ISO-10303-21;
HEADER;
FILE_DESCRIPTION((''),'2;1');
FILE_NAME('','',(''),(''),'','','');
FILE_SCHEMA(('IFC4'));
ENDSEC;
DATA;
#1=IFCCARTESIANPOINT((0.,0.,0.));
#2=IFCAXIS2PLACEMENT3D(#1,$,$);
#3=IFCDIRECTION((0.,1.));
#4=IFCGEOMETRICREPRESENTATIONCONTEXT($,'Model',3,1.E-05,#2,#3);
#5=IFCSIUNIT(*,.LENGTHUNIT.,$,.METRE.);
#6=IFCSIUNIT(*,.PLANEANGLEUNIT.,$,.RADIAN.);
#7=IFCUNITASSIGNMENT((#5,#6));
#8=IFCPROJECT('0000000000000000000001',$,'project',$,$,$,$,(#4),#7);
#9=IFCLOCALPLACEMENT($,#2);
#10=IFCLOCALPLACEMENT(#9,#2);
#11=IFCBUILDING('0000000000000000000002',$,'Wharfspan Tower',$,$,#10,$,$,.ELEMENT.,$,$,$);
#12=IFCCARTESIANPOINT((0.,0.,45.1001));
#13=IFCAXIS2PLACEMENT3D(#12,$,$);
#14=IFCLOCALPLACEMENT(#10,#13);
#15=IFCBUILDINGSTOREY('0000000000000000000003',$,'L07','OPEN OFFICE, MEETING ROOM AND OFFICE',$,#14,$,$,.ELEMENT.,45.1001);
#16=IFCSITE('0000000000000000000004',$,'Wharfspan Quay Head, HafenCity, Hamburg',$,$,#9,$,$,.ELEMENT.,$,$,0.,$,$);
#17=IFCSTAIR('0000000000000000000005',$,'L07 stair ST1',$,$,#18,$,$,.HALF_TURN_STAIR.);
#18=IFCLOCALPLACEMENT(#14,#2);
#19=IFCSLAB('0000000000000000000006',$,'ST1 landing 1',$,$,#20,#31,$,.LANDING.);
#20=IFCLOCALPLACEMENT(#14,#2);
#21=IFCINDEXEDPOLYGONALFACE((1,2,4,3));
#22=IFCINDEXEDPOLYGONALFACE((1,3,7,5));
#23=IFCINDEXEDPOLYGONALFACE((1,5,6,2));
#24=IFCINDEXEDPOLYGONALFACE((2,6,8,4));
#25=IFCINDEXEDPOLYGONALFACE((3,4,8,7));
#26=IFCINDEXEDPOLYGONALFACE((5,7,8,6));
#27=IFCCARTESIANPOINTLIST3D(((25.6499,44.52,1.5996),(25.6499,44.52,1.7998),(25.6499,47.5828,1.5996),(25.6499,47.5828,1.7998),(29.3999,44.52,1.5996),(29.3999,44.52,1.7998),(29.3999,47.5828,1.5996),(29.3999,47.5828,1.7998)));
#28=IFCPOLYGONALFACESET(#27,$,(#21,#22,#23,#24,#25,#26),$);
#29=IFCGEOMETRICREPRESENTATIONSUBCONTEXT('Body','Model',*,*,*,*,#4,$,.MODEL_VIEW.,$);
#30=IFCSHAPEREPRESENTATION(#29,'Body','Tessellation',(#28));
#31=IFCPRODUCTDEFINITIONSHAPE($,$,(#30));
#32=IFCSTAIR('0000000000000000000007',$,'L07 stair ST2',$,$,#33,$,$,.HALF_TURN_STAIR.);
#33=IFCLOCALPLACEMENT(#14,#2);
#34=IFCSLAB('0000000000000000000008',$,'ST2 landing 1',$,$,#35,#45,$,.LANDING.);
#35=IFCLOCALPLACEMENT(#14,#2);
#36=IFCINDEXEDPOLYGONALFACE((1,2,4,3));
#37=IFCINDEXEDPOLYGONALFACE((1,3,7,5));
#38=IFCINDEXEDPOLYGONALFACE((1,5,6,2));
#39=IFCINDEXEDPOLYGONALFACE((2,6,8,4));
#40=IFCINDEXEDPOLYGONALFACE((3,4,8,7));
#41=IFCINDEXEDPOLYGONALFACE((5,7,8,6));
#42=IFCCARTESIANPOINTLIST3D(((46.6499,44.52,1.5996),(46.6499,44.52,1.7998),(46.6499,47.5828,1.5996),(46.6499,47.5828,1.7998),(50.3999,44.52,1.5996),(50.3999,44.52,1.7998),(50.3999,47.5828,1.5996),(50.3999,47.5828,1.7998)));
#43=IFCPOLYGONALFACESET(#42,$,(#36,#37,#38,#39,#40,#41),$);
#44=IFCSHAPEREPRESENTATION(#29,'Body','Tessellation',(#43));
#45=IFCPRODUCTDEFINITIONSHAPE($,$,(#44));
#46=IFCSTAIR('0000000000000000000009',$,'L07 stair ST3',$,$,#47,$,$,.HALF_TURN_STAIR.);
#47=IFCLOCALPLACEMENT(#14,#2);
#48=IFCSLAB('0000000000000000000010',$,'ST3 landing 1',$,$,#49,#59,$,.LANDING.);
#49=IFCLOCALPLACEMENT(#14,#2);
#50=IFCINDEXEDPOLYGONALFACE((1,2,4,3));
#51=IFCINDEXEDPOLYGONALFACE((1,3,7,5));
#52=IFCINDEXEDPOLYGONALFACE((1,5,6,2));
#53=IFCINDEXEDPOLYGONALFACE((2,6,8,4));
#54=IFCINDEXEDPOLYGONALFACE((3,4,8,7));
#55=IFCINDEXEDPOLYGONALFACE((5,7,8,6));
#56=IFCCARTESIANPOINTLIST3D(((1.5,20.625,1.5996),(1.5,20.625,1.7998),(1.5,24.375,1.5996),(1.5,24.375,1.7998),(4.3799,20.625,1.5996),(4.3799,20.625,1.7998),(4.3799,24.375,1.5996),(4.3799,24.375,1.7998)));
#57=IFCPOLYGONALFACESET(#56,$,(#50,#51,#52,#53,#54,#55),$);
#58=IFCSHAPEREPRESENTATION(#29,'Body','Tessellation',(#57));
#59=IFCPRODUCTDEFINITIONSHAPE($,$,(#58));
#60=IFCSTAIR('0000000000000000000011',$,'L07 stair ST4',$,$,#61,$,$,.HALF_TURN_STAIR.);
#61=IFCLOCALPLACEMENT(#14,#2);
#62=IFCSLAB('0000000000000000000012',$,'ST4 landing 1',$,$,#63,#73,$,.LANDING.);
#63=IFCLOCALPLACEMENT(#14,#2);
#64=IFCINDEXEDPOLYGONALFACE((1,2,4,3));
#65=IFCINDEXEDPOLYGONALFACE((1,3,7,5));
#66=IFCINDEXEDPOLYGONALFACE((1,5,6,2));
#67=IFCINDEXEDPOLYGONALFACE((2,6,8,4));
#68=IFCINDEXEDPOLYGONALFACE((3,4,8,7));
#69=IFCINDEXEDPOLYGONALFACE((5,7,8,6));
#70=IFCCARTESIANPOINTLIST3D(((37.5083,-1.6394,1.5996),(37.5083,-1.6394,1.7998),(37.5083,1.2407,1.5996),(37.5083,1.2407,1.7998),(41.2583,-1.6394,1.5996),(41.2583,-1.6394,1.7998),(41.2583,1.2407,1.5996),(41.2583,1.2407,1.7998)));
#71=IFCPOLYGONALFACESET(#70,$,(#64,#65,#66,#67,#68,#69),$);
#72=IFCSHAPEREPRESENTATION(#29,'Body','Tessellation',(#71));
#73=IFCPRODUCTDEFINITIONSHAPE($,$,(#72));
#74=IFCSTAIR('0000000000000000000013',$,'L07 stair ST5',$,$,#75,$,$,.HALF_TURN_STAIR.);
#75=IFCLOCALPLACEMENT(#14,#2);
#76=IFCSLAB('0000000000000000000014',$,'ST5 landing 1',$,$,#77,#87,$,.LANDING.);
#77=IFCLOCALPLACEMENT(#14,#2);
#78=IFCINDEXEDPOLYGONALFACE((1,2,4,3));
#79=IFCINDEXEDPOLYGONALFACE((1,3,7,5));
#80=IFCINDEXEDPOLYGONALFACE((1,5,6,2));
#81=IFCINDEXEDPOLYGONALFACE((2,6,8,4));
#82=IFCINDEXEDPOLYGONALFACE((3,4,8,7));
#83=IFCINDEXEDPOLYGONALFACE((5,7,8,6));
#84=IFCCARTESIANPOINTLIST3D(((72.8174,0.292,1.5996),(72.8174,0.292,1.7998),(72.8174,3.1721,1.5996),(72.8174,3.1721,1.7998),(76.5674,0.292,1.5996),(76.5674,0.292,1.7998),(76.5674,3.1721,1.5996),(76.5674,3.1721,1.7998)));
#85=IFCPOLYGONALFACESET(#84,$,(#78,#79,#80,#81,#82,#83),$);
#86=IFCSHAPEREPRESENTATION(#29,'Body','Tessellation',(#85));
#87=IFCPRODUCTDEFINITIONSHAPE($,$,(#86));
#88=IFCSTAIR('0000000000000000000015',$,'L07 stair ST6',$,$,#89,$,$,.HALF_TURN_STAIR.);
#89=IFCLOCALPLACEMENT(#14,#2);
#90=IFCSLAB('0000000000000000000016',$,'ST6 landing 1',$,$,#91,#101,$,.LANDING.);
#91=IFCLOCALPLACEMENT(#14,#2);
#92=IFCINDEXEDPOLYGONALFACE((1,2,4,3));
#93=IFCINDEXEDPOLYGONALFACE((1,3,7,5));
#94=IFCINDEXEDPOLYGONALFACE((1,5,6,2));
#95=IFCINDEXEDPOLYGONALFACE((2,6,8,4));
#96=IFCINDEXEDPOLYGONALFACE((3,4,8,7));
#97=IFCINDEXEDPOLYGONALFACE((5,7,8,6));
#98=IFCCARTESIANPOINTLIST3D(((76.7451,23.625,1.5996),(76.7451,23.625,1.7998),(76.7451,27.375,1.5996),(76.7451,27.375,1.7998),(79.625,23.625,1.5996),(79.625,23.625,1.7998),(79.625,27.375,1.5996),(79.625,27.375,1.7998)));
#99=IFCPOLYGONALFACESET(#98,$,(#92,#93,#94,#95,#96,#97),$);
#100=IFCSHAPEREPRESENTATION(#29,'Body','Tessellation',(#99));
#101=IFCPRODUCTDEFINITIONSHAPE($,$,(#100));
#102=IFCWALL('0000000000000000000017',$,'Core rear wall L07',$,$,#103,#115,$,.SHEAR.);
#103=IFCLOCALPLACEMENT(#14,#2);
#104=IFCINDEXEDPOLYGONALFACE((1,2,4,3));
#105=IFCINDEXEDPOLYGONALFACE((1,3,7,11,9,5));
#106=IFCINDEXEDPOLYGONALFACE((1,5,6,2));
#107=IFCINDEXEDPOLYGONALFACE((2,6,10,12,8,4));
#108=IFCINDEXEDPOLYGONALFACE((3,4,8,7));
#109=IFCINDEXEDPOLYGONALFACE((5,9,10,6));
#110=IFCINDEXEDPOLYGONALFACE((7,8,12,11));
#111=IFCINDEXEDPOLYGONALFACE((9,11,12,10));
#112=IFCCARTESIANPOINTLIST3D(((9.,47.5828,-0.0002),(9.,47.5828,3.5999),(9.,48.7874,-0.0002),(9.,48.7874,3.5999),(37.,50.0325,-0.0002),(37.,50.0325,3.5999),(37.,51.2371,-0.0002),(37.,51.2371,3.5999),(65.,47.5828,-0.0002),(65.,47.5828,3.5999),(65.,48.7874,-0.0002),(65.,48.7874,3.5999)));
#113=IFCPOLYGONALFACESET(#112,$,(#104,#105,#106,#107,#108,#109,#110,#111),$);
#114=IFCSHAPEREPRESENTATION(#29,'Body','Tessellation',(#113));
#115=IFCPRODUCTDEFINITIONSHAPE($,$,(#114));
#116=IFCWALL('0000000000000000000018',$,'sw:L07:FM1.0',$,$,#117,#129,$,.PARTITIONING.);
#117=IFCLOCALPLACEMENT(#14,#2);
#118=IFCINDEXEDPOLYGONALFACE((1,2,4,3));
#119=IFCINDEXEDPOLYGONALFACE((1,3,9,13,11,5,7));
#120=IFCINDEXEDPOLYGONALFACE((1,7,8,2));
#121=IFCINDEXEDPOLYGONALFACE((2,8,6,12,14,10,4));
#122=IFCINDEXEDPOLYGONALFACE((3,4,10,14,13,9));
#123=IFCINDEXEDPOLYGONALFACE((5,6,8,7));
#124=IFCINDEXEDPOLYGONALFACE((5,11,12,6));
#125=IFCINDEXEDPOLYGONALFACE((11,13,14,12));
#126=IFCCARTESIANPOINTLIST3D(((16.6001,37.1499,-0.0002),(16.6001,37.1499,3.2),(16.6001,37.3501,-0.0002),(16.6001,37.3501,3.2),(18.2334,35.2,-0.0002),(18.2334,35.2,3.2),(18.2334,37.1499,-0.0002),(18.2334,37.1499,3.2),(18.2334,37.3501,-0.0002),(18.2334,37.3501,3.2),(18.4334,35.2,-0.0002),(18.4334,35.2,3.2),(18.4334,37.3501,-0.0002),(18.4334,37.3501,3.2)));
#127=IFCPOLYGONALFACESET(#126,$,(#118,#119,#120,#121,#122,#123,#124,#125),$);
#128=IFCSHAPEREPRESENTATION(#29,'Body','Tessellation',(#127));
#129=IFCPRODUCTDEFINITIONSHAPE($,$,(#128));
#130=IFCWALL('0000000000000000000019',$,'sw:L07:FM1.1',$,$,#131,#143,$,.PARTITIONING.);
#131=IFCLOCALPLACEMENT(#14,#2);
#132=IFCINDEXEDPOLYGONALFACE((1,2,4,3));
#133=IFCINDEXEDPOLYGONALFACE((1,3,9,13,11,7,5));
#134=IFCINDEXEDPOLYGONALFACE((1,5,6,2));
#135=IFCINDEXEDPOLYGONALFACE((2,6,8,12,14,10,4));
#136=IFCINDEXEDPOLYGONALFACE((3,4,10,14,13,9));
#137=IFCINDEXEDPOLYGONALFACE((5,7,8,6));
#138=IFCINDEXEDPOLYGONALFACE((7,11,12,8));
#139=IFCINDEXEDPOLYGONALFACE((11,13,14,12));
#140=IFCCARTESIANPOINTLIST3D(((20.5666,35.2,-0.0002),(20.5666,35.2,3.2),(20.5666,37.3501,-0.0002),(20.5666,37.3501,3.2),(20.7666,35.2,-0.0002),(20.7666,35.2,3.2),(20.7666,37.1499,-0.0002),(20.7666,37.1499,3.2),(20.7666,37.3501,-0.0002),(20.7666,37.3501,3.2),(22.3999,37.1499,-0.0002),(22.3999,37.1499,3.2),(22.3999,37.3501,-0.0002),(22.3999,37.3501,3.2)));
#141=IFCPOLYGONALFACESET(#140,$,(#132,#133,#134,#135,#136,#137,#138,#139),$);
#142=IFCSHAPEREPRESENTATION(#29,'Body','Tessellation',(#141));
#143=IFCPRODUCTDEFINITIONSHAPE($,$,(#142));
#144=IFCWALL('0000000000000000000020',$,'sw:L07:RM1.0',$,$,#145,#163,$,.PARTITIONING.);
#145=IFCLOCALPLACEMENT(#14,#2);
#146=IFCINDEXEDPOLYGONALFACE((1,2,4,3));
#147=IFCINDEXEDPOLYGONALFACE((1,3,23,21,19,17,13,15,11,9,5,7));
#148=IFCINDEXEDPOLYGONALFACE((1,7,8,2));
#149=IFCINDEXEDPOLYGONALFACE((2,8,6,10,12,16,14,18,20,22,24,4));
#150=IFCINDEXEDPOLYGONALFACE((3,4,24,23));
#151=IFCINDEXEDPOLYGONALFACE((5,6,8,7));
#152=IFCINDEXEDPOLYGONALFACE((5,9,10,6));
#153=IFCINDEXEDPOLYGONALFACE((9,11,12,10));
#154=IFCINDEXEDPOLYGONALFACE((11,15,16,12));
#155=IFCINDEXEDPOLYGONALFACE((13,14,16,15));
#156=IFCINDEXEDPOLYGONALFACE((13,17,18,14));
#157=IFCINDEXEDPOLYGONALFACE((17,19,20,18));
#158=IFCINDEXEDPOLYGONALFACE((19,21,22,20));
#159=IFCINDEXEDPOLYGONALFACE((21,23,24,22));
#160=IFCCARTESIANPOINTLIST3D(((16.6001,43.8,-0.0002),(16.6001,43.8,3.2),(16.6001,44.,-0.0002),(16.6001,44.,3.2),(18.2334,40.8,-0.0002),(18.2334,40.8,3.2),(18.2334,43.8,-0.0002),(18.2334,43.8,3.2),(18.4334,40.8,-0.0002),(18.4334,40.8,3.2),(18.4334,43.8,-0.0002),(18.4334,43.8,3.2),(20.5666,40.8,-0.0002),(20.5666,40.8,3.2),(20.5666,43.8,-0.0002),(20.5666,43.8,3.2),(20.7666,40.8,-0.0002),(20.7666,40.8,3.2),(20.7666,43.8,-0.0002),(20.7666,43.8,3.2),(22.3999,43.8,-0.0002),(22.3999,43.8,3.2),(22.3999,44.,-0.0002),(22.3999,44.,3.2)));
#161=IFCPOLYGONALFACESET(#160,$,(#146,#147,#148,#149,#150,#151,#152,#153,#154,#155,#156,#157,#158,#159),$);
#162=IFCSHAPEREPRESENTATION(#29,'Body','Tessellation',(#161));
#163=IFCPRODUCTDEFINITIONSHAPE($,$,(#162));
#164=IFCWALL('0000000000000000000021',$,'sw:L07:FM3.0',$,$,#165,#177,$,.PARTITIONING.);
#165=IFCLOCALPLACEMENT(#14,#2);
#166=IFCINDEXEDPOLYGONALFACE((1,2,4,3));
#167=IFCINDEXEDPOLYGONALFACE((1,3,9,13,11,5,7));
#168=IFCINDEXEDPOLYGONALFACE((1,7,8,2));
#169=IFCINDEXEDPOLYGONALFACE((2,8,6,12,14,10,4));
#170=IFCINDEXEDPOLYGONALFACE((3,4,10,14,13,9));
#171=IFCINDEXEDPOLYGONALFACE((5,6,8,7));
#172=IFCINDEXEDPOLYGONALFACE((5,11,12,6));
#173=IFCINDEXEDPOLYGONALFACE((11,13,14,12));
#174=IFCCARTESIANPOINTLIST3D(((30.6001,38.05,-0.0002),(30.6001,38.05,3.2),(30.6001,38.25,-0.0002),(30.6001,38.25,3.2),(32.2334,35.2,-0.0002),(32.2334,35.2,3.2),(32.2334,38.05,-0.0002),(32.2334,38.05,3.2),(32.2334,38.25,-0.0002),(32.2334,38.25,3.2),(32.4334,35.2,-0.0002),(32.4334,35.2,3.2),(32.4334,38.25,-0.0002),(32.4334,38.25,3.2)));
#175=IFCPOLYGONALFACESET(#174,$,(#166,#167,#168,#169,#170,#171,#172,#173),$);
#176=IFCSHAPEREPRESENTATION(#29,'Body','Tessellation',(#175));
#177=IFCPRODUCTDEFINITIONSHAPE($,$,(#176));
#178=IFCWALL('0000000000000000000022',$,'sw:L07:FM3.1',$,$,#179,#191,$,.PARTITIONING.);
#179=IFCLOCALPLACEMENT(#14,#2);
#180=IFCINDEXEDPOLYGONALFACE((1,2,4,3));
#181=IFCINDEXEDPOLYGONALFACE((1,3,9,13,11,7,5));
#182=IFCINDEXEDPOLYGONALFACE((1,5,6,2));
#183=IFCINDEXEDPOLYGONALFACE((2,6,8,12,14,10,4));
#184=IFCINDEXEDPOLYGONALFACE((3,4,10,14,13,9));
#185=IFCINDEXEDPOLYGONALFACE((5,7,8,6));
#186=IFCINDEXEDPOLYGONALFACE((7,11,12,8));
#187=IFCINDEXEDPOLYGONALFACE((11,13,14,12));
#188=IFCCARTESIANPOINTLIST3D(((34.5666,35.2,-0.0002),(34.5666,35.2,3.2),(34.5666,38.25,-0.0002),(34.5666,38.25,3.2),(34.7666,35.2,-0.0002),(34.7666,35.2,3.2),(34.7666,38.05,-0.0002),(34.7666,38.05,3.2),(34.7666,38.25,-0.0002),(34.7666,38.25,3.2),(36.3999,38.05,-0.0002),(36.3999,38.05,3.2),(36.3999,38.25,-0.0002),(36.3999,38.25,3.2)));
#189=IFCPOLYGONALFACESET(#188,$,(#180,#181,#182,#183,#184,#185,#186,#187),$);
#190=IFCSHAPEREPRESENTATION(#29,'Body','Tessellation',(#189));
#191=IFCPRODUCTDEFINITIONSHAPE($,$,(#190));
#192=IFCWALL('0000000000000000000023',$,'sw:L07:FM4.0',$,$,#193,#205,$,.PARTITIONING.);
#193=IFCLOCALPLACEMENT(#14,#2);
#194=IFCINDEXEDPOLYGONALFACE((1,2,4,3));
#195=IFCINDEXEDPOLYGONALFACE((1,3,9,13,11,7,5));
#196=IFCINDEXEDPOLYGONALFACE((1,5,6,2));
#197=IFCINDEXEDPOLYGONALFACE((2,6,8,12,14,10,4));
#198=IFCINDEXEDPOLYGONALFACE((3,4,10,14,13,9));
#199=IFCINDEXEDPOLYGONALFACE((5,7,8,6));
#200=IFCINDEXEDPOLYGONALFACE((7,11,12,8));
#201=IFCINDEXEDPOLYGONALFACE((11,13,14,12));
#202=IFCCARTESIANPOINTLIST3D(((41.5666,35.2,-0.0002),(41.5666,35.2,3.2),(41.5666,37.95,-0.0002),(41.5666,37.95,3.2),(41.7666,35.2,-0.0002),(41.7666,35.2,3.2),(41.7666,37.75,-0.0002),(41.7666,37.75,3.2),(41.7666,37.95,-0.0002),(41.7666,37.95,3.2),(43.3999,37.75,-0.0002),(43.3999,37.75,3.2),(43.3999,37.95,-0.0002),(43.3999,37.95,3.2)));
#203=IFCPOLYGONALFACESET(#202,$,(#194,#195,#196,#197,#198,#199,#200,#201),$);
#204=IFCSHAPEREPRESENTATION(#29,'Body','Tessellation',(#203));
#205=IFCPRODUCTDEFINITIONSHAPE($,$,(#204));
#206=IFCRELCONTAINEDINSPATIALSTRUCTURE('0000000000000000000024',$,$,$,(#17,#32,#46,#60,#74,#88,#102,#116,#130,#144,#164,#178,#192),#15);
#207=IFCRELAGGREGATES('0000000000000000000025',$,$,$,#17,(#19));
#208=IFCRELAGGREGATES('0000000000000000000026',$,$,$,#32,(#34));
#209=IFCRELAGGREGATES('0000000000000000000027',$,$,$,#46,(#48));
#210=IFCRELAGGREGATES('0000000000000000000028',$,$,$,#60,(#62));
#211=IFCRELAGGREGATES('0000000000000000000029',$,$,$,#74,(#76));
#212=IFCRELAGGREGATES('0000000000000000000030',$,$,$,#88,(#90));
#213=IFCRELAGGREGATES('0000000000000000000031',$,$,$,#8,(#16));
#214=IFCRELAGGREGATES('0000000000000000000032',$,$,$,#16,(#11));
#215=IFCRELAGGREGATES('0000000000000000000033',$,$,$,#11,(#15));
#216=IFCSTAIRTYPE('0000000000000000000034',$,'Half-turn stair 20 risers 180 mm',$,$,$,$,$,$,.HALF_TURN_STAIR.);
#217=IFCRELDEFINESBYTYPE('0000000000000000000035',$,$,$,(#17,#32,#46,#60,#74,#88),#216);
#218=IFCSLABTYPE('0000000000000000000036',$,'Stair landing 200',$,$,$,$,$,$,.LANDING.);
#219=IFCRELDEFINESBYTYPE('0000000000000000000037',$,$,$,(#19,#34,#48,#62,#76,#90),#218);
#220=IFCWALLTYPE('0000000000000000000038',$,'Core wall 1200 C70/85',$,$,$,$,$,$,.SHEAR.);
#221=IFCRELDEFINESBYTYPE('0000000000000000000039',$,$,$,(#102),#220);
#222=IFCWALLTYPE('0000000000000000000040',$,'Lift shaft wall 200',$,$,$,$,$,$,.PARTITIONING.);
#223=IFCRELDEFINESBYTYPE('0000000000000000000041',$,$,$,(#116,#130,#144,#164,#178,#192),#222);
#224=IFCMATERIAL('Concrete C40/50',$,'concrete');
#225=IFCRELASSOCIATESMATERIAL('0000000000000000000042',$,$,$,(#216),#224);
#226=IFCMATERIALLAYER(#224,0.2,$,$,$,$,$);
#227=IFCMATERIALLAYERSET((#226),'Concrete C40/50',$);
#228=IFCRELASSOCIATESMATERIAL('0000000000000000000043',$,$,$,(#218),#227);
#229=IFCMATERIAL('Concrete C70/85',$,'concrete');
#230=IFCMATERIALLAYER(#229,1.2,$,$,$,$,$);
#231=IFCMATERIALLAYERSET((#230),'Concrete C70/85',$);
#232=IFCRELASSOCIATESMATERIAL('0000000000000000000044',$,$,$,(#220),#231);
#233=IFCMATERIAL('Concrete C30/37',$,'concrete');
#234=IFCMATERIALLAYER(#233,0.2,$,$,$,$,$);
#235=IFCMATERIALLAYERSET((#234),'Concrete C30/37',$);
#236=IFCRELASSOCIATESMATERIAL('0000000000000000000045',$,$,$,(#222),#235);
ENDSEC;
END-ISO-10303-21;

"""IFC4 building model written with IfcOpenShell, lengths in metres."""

from ifc_helpers import new_model, si_unit, direction, frame, origin, place, context, subcontext, project, spatial, polyline, outline, extrude, material, layer, layer_set, type_object, element, aggregate, save


model = new_model("IFC4")

# Units and contexts
model_context = context("Model", 3, precision=1e-05, world=origin(), true_north=direction((0.0, 1.0)))
body_context = subcontext(model_context, "Body", "Model", "MODEL_VIEW")
ifc_project = project(units=[si_unit("LENGTHUNIT", "METRE"), si_unit("PLANEANGLEUNIT", "RADIAN")], contexts=[model_context])

# Site, building, storey
site_placement = place(None, origin())
site = spatial("IfcSite", under=ifc_project, at=site_placement, Name="Wharfspan Quay Head, HafenCity, Hamburg", CompositionType="ELEMENT", RefElevation=0.0)
building_placement = place(site_placement, origin())
building = spatial("IfcBuilding", under=site, at=building_placement, Name="Wharfspan Tower", CompositionType="ELEMENT")
storey_placement = place(building_placement, frame((0.0, 0.0, 45.1001)))
storey = spatial("IfcBuildingStorey", under=building, at=storey_placement, Name="L07", Description="OPEN OFFICE, MEETING ROOM AND OFFICE", CompositionType="ELEMENT", Elevation=45.1001)

# Shared definitions
ifc_material_1 = material(Name="Concrete C40/50", Category="concrete")

# Stairs, slabs
stair_type = type_object("IfcStairType", Name="Half-turn stair 20 risers 180 mm", PredefinedType="HALF_TURN_STAIR", material=ifc_material_1)
stair_1_placement = place(storey_placement, origin())
stair_1 = element("IfcStair", 1, at=stair_1_placement, inside=storey, type_object=stair_type, Name="L07 stair ST1", PredefinedType="HALF_TURN_STAIR")
ifc_layer_1 = layer(ifc_material_1, 0.2)
ifc_layer_set_1 = layer_set([ifc_layer_1], Name="Concrete C40/50")
slab_type_1 = type_object("IfcSlabType", Name="Stair landing 200", PredefinedType="LANDING", material=ifc_layer_set_1)
slab_1_placement = place(storey_placement, frame((0.0, 0.0, 1.5996)))
slab_1 = element("IfcSlab", 2, at=slab_1_placement, type_object=slab_type_1, Name="ST1 landing 1", PredefinedType="LANDING", context=body_context, shape_type="SweptSolid", body=[
    extrude(outline(polyline([(25.6499, 44.52), (29.3999, 44.52), (29.3999, 47.5828), (25.6499, 47.5828), (25.6499, 44.52)])), origin(), (0.0, 0.0, 1.0), 0.2002),
])
aggregate(stair_1, [slab_1])
stair_2_placement = place(storey_placement, origin())
stair_2 = element("IfcStair", 3, at=stair_2_placement, inside=storey, type_object=stair_type, Name="L07 stair ST2", PredefinedType="HALF_TURN_STAIR")
slab_2_placement = place(storey_placement, frame((0.0, 0.0, 1.5996)))
slab_2 = element("IfcSlab", 4, at=slab_2_placement, type_object=slab_type_1, Name="ST2 landing 1", PredefinedType="LANDING", context=body_context, shape_type="SweptSolid", body=[
    extrude(outline(polyline([(46.6499, 44.52), (50.3999, 44.52), (50.3999, 47.5828), (46.6499, 47.5828), (46.6499, 44.52)])), origin(), (0.0, 0.0, 1.0), 0.2002),
])
aggregate(stair_2, [slab_2])
stair_3_placement = place(storey_placement, origin())
stair_3 = element("IfcStair", 5, at=stair_3_placement, inside=storey, type_object=stair_type, Name="L07 stair ST3", PredefinedType="HALF_TURN_STAIR")
slab_3_placement = place(storey_placement, frame((0.0, 0.0, 1.5996)))
slab_3 = element("IfcSlab", 6, at=slab_3_placement, type_object=slab_type_1, Name="ST3 landing 1", PredefinedType="LANDING", context=body_context, shape_type="SweptSolid", body=[
    extrude(outline(polyline([(4.3799, 24.375), (1.5, 24.375), (1.5, 20.625), (4.3799, 20.625), (4.3799, 24.375)])), origin(), (0.0, 0.0, 1.0), 0.2002),
])
aggregate(stair_3, [slab_3])
stair_4_placement = place(storey_placement, origin())
stair_4 = element("IfcStair", 7, at=stair_4_placement, inside=storey, type_object=stair_type, Name="L07 stair ST4", PredefinedType="HALF_TURN_STAIR")
slab_4_placement = place(storey_placement, frame((0.0, 0.0, 1.5996)))
slab_4 = element("IfcSlab", 8, at=slab_4_placement, type_object=slab_type_1, Name="ST4 landing 1", PredefinedType="LANDING", context=body_context, shape_type="SweptSolid", body=[
    extrude(outline(polyline([(37.5083, 1.2407), (37.5083, -1.6394), (41.2583, -1.6394), (41.2583, 1.2407), (37.5083, 1.2407)])), origin(), (0.0, 0.0, 1.0), 0.2002),
])
aggregate(stair_4, [slab_4])
stair_5_placement = place(storey_placement, origin())
stair_5 = element("IfcStair", 9, at=stair_5_placement, inside=storey, type_object=stair_type, Name="L07 stair ST5", PredefinedType="HALF_TURN_STAIR")
slab_5_placement = place(storey_placement, frame((0.0, 0.0, 1.5996)))
slab_5 = element("IfcSlab", 10, at=slab_5_placement, type_object=slab_type_1, Name="ST5 landing 1", PredefinedType="LANDING", context=body_context, shape_type="SweptSolid", body=[
    extrude(outline(polyline([(72.8174, 3.1721), (72.8174, 0.292), (76.5674, 0.292), (76.5674, 3.1721), (72.8174, 3.1721)])), origin(), (0.0, 0.0, 1.0), 0.2002),
])
aggregate(stair_5, [slab_5])
stair_6_placement = place(storey_placement, origin())
stair_6 = element("IfcStair", 11, at=stair_6_placement, inside=storey, type_object=stair_type, Name="L07 stair ST6", PredefinedType="HALF_TURN_STAIR")
slab_6_placement = place(storey_placement, frame((0.0, 0.0, 1.5996)))
slab_6 = element("IfcSlab", 12, at=slab_6_placement, type_object=slab_type_1, Name="ST6 landing 1", PredefinedType="LANDING", context=body_context, shape_type="SweptSolid", body=[
    extrude(outline(polyline([(76.7451, 23.625), (79.625, 23.625), (79.625, 27.375), (76.7451, 27.375), (76.7451, 23.625)])), origin(), (0.0, 0.0, 1.0), 0.2002),
])
aggregate(stair_6, [slab_6])

# Walls
ifc_material_2 = material(Name="Concrete C70/85", Category="concrete")
ifc_layer_2 = layer(ifc_material_2, 1.2)
ifc_layer_set_2 = layer_set([ifc_layer_2], Name="Concrete C70/85")
wall_type_1 = type_object("IfcWallType", Name="Core wall 1200 C70/85", PredefinedType="SHEAR", material=ifc_layer_set_2)
wall_1_placement = place(storey_placement, frame((0.0, 0.0, -0.0002)))
element("IfcWall", 13, at=wall_1_placement, inside=storey, type_object=wall_type_1, Name="Core rear wall L07", PredefinedType="SHEAR", context=body_context, shape_type="SweptSolid", body=[
    extrude(outline(polyline([(9.0, 47.5828), (37.0, 50.0325), (65.0, 47.5828), (65.0, 48.7874), (37.0, 51.2371), (9.0, 48.7874), (9.0, 47.5828)])), origin(), (0.0, 0.0, 1.0), 3.6001),
])
ifc_material_3 = material(Name="Concrete C30/37", Category="concrete")
ifc_layer_3 = layer(ifc_material_3, 0.2)
ifc_layer_set_3 = layer_set([ifc_layer_3], Name="Concrete C30/37")
wall_type_2 = type_object("IfcWallType", Name="Lift shaft wall 200", PredefinedType="PARTITIONING", material=ifc_layer_set_3)
wall_2_placement = place(storey_placement, frame((0.0, 0.0, -0.0002)))
element("IfcWall", 14, at=wall_2_placement, inside=storey, type_object=wall_type_2, Name="sw:L07:FM1.0", PredefinedType="PARTITIONING", context=body_context, shape_type="SweptSolid", body=[
    extrude(outline(polyline([(18.2334, 37.1499), (16.6001, 37.1499), (16.6001, 37.3501), (18.2334, 37.3501), (18.4334, 37.3501), (18.4334, 35.2), (18.2334, 35.2), (18.2334, 37.1499)])), origin(), (0.0, 0.0, 1.0), 3.2002),
])
wall_3_placement = place(storey_placement, frame((0.0, 0.0, -0.0002)))
element("IfcWall", 15, at=wall_3_placement, inside=storey, type_object=wall_type_2, Name="sw:L07:FM1.1", PredefinedType="PARTITIONING", context=body_context, shape_type="SweptSolid", body=[
    extrude(outline(polyline([(20.5666, 37.3501), (20.7666, 37.3501), (22.3999, 37.3501), (22.3999, 37.1499), (20.7666, 37.1499), (20.7666, 35.2), (20.5666, 35.2), (20.5666, 37.3501)])), origin(), (0.0, 0.0, 1.0), 3.2002),
])
wall_4_placement = place(storey_placement, frame((0.0, 0.0, -0.0002)))
element("IfcWall", 16, at=wall_4_placement, inside=storey, type_object=wall_type_2, Name="sw:L07:RM1.0", PredefinedType="PARTITIONING", context=body_context, shape_type="SweptSolid", body=[
    extrude(outline(polyline([(18.4334, 40.8), (18.2334, 40.8), (18.2334, 43.8), (16.6001, 43.8), (16.6001, 44.0), (22.3999, 44.0), (22.3999, 43.8), (20.7666, 43.8), (20.7666, 40.8), (20.5666, 40.8), (20.5666, 43.8), (18.4334, 43.8), (18.4334, 40.8)])), origin(), (0.0, 0.0, 1.0), 3.2002),
])
wall_5_placement = place(storey_placement, frame((0.0, 0.0, -0.0002)))
element("IfcWall", 17, at=wall_5_placement, inside=storey, type_object=wall_type_2, Name="sw:L07:FM3.0", PredefinedType="PARTITIONING", context=body_context, shape_type="SweptSolid", body=[
    extrude(outline(polyline([(32.2334, 38.05), (30.6001, 38.05), (30.6001, 38.25), (32.2334, 38.25), (32.4333, 38.25), (32.4333, 35.2), (32.2334, 35.2), (32.2334, 38.05)])), origin(), (0.0, 0.0, 1.0), 3.2002),
])
wall_6_placement = place(storey_placement, frame((0.0, 0.0, -0.0002)))
element("IfcWall", 18, at=wall_6_placement, inside=storey, type_object=wall_type_2, Name="sw:L07:FM3.1", PredefinedType="PARTITIONING", context=body_context, shape_type="SweptSolid", body=[
    extrude(outline(polyline([(34.5667, 38.25), (34.7666, 38.25), (36.3999, 38.25), (36.3999, 38.05), (34.7666, 38.05), (34.7666, 35.2), (34.5667, 35.2), (34.5667, 38.25)])), origin(), (0.0, 0.0, 1.0), 3.2002),
])
wall_7_placement = place(storey_placement, frame((0.0, 0.0, -0.0002)))
element("IfcWall", 19, at=wall_7_placement, inside=storey, type_object=wall_type_2, Name="sw:L07:FM4.0", PredefinedType="PARTITIONING", context=body_context, shape_type="SweptSolid", body=[
    extrude(outline(polyline([(41.5667, 37.95), (41.7666, 37.95), (43.3999, 37.95), (43.3999, 37.75), (41.7666, 37.75), (41.7666, 35.2), (41.5667, 35.2), (41.5667, 37.95)])), origin(), (0.0, 0.0, 1.0), 3.2002),
])

save(model, "model.ifc")
